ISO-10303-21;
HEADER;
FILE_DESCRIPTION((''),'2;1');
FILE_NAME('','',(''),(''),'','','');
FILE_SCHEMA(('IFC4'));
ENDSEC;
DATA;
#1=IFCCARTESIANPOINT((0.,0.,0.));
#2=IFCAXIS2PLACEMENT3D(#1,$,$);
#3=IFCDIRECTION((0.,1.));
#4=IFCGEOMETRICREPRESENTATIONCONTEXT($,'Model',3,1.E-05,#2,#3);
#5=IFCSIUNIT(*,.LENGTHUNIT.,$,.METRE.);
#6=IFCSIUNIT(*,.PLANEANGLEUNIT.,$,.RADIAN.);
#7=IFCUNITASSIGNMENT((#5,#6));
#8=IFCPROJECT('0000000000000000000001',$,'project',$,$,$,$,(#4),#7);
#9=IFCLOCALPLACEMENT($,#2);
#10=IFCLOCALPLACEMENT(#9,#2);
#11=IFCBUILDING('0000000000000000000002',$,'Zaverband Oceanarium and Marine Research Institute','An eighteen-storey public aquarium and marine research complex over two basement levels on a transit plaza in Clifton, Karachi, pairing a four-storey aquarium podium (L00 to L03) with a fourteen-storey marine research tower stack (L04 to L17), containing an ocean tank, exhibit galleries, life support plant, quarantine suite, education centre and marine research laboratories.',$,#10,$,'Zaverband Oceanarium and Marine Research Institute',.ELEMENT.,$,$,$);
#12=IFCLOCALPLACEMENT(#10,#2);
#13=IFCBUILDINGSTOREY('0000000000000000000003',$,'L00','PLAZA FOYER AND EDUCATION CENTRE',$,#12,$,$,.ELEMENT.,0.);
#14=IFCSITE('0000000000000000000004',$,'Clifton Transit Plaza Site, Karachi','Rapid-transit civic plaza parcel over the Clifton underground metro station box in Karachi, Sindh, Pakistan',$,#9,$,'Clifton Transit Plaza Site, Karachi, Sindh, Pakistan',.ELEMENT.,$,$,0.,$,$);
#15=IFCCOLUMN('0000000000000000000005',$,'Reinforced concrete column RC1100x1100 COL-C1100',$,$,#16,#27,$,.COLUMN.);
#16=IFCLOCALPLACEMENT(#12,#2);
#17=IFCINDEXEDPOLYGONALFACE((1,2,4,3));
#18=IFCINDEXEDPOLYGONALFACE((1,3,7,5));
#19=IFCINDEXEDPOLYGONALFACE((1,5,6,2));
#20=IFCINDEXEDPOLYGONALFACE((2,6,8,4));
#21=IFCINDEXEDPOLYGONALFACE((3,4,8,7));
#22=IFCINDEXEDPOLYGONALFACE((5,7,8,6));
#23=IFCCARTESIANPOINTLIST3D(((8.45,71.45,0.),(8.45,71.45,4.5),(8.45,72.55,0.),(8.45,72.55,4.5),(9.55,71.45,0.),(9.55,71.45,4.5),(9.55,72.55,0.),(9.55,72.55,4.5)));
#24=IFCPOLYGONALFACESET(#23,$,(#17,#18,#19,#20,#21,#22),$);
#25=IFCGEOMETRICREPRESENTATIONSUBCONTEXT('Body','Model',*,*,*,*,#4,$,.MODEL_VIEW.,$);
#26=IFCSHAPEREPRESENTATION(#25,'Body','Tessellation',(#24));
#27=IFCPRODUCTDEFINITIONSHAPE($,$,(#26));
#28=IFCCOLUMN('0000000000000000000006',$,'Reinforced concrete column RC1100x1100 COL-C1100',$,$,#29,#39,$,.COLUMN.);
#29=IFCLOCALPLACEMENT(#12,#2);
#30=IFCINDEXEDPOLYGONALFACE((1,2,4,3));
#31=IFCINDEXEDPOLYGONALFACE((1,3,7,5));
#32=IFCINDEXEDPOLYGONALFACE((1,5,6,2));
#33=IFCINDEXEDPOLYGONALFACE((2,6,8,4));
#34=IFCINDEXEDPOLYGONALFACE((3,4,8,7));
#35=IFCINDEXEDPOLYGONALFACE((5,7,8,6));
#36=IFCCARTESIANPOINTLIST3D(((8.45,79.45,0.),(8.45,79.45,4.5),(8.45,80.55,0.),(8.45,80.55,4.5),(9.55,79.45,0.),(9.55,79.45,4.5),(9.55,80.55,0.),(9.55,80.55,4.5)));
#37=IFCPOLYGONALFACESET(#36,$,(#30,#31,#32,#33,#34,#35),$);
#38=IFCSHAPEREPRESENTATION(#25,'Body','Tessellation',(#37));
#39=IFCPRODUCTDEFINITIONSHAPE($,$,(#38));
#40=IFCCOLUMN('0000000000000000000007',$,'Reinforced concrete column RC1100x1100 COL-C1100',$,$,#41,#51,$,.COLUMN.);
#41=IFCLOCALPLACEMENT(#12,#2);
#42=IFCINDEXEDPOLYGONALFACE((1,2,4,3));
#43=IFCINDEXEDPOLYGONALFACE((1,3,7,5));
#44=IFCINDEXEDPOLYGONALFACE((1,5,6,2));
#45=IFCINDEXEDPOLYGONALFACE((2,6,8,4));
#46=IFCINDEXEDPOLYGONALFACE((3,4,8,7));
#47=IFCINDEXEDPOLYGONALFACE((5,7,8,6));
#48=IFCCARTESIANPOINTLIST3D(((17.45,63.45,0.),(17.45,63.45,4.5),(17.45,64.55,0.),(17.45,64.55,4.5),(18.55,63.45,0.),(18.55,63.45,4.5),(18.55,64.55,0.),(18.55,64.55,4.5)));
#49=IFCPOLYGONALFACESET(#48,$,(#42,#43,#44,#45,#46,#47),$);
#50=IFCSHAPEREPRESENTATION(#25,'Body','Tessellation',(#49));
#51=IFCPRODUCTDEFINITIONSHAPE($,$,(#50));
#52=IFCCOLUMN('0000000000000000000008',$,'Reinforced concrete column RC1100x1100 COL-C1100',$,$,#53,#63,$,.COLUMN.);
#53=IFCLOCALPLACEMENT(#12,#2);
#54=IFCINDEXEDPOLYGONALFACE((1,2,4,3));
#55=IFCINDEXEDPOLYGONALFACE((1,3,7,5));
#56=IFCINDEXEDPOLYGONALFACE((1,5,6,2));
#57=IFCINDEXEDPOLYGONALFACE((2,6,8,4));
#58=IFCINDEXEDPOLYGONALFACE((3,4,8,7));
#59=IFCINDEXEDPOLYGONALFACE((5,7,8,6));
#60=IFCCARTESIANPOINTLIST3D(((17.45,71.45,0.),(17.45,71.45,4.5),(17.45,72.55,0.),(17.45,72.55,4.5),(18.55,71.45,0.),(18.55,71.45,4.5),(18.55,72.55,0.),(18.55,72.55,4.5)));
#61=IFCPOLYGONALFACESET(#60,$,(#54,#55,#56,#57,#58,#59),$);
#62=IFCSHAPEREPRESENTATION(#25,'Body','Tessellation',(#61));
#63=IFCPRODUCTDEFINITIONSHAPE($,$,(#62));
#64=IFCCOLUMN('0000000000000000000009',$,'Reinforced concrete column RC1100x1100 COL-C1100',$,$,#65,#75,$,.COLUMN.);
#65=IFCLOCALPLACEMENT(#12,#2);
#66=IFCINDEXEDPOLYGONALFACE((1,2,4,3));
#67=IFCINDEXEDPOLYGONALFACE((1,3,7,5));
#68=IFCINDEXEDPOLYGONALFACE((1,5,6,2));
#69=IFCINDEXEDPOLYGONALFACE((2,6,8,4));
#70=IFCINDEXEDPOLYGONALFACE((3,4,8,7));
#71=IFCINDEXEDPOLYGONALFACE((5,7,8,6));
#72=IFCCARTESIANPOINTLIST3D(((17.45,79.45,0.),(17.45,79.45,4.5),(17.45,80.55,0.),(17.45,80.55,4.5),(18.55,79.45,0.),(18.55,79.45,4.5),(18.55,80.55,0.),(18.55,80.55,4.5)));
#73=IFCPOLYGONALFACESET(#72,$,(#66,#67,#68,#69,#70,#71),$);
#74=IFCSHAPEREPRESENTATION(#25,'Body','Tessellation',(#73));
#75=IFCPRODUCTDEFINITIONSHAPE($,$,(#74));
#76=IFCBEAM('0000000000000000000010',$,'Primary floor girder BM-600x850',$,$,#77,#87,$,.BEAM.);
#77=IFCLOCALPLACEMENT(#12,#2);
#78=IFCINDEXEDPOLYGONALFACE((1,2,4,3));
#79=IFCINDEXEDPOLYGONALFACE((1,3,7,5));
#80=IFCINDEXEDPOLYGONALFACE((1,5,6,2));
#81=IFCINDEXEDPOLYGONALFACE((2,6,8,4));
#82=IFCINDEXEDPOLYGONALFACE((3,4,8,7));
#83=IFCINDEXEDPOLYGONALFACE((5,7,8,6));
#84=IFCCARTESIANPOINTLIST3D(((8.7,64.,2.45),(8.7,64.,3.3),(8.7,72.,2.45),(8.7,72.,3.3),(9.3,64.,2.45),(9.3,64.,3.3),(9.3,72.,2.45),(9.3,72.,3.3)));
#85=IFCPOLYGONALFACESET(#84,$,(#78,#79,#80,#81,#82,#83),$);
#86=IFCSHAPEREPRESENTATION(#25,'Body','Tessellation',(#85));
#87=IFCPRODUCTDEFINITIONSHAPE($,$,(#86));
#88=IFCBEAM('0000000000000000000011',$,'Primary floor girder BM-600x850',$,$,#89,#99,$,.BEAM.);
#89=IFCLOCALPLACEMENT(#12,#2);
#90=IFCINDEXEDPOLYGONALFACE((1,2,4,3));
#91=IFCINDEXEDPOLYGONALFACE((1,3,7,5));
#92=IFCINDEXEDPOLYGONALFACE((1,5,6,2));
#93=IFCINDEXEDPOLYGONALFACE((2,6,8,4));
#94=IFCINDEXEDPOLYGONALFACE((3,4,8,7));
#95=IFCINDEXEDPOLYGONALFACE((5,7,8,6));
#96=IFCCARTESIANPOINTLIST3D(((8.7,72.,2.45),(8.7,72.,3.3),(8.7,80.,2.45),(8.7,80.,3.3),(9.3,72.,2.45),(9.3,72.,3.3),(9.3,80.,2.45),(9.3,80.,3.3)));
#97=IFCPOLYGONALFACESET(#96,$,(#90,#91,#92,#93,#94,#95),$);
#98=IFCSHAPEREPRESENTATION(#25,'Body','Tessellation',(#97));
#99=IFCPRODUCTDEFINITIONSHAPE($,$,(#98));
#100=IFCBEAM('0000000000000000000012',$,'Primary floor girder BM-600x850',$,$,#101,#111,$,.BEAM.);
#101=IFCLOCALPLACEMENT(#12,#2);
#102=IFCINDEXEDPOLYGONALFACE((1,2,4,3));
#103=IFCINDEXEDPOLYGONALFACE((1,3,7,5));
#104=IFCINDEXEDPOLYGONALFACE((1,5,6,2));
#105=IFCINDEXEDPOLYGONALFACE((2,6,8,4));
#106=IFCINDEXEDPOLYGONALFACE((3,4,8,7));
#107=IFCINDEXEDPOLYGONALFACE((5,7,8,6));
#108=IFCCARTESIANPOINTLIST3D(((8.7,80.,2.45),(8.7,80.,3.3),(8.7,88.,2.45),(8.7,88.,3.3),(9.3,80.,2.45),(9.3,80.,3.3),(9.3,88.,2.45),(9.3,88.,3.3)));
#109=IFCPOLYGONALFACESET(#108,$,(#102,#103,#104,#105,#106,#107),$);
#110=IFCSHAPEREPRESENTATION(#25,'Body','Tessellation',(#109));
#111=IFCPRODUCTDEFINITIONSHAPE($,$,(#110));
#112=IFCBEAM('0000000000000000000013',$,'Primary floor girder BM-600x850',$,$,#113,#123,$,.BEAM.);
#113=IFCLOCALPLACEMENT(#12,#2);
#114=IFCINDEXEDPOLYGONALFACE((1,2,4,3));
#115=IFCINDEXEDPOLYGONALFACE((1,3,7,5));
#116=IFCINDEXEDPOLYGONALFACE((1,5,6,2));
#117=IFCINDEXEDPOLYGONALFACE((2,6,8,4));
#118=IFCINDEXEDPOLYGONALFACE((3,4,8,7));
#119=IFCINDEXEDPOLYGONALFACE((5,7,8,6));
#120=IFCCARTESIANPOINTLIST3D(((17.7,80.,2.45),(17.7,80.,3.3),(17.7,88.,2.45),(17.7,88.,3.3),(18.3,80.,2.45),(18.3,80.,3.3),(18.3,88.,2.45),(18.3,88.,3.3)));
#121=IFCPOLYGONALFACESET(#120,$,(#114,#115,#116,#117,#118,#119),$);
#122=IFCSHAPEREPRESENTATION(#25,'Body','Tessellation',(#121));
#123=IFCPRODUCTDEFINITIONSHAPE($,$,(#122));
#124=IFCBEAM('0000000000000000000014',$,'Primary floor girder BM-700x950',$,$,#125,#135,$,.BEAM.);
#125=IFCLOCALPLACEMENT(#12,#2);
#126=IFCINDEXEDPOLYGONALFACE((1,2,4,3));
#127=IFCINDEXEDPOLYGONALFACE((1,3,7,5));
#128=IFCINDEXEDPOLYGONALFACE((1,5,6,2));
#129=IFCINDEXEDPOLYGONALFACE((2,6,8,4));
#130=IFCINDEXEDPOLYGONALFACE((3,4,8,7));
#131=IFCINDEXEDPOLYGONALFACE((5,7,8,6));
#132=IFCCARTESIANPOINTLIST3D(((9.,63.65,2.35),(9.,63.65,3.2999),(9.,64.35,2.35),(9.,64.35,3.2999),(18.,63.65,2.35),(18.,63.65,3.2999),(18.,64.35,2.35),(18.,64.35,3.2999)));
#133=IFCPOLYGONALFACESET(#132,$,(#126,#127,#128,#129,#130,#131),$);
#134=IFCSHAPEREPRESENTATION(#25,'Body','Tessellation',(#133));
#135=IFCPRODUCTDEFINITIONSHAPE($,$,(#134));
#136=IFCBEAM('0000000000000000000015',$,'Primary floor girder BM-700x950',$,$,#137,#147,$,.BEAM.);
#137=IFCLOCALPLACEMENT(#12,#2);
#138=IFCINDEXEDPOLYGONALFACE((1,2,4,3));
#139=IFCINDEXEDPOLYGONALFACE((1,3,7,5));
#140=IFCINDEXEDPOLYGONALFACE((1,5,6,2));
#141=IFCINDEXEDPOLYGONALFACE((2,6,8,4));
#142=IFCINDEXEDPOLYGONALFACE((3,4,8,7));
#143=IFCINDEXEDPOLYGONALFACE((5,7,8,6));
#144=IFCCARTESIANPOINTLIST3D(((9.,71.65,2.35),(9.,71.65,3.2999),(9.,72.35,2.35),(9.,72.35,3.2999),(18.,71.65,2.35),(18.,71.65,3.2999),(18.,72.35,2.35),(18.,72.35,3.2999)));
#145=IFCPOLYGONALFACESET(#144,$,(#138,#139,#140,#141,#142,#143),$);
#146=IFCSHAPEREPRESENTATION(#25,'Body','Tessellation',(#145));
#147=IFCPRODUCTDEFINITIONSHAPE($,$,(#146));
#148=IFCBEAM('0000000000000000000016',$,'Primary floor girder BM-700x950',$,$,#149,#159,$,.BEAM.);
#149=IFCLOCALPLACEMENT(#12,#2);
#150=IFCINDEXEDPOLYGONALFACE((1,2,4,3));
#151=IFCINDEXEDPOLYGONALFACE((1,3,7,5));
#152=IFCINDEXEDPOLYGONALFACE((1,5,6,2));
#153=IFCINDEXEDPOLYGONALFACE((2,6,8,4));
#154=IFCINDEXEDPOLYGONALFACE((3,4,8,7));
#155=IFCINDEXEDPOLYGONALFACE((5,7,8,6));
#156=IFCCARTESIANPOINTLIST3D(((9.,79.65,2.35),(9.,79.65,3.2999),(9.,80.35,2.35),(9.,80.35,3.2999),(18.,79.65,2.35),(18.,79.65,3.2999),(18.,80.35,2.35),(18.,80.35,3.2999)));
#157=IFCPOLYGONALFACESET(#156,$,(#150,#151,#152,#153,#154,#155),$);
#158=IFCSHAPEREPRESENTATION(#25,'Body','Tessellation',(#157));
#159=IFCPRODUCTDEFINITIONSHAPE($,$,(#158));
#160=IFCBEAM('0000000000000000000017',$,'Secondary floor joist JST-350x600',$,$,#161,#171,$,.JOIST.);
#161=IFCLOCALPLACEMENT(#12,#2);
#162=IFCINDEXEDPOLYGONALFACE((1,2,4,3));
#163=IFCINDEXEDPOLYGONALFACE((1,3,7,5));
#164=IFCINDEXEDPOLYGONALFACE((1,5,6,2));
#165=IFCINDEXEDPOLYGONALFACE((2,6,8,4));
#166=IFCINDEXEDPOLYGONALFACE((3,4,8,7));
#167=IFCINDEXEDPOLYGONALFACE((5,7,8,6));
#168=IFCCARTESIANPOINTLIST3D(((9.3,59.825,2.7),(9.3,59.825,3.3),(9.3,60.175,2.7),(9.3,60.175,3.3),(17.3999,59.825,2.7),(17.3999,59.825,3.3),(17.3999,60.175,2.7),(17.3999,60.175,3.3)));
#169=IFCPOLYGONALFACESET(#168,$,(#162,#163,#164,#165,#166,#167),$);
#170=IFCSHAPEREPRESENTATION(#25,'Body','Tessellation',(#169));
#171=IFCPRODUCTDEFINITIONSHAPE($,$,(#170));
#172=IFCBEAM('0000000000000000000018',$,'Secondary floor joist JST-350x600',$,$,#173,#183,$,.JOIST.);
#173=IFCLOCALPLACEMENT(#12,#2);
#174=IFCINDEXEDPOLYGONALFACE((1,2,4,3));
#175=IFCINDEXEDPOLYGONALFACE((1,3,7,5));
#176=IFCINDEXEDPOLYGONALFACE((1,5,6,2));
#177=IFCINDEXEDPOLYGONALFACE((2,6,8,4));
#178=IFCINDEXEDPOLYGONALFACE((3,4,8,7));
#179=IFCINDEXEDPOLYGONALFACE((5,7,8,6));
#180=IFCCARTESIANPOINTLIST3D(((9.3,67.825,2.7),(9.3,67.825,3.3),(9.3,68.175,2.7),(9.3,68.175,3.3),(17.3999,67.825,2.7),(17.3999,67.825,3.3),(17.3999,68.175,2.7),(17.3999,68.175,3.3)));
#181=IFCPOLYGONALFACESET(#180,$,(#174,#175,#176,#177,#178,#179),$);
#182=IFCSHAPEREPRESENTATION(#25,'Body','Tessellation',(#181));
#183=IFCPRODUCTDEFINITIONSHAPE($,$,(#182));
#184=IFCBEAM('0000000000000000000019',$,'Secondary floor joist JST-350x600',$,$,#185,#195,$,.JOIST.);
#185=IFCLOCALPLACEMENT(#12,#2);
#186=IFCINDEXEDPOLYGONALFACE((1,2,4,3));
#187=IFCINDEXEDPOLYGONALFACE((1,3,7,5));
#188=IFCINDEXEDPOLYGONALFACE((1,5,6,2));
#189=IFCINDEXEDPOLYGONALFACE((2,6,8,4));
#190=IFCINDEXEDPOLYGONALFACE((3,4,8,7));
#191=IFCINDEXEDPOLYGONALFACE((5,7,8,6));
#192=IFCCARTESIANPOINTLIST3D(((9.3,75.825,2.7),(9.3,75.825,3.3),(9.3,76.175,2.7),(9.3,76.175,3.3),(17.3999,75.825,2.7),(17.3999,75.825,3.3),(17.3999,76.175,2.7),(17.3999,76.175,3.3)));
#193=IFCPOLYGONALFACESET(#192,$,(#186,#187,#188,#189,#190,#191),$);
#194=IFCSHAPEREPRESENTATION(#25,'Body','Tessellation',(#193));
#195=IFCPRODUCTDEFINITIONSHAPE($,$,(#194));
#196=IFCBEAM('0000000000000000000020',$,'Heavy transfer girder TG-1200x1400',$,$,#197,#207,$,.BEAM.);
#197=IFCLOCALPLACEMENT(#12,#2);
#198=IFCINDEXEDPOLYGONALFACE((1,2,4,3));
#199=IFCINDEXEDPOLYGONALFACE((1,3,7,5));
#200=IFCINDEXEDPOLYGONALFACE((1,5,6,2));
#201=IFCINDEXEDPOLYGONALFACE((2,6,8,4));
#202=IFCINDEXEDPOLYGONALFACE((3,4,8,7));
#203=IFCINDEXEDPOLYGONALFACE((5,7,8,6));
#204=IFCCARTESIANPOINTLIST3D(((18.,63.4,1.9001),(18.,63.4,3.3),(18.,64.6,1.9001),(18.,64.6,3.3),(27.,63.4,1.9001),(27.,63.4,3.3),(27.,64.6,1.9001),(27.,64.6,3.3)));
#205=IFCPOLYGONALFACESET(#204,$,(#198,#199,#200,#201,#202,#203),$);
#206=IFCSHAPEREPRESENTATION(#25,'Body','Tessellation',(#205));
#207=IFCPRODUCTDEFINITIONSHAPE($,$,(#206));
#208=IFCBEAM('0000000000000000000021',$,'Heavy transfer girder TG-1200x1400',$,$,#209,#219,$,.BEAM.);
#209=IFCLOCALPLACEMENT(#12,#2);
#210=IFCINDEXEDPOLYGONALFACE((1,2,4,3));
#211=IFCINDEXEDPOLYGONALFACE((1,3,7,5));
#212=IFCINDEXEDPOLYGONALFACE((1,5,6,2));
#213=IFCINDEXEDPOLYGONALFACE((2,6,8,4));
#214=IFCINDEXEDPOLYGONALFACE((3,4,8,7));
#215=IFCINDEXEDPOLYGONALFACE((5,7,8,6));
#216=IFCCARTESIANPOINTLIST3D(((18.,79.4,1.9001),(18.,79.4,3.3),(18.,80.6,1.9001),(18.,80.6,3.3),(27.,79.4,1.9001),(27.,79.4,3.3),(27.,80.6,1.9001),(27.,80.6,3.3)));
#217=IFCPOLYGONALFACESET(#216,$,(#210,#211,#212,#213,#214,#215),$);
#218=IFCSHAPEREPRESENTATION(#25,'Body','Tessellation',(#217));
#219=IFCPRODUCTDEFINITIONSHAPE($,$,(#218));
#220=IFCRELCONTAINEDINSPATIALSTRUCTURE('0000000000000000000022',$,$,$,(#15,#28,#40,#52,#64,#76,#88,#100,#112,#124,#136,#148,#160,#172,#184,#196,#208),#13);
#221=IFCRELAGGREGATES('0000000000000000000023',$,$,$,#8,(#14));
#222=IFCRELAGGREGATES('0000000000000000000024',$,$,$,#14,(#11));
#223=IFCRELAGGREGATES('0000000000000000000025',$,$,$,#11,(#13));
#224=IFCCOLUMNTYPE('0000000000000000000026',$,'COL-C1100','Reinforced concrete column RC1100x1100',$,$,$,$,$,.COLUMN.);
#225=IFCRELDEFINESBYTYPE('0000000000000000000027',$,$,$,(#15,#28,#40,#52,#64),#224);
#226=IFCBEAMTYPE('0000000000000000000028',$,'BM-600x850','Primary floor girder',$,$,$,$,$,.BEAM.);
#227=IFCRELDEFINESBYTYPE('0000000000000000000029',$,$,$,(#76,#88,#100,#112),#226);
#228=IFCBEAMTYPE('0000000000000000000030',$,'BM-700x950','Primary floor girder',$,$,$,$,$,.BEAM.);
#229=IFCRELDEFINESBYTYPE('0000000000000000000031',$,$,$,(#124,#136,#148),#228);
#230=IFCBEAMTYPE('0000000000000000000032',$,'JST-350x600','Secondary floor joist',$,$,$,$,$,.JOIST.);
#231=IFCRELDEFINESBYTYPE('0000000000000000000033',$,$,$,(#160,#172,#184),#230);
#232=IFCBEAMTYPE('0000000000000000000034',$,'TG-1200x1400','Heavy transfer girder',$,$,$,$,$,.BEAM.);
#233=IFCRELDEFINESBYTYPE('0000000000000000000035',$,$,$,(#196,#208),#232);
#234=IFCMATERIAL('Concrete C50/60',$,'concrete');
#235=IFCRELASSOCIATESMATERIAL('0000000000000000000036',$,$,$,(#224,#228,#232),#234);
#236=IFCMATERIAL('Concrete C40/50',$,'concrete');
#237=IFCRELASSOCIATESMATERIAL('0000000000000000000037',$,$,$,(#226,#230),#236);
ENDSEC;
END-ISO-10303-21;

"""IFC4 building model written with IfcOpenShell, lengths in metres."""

from ifc_helpers import new_model, si_unit, direction, frame, origin, origin_2d, place, context, subcontext, project, spatial, rectangle, extrude, material, material_profile, profile_set, type_object, element, save


model = new_model("IFC4")

# Units and contexts
model_context = context("Model", 3, precision=1e-05, world=origin(), true_north=direction((0.0, 1.0)))
body_context = subcontext(model_context, "Body", "Model", "MODEL_VIEW")
ifc_project = project(units=[si_unit("LENGTHUNIT", "METRE"), si_unit("PLANEANGLEUNIT", "RADIAN")], contexts=[model_context])

# Site, building, storey
site_placement = place(None, origin())
site = spatial("IfcSite", under=ifc_project, at=site_placement, Name="Clifton Transit Plaza Site, Karachi", Description="Rapid-transit civic plaza parcel over the Clifton underground metro station box in Karachi, Sindh, Pakistan", LongName="Clifton Transit Plaza Site, Karachi, Sindh, Pakistan", CompositionType="ELEMENT", RefElevation=0.0)
building_placement = place(site_placement, origin())
building = spatial("IfcBuilding", under=site, at=building_placement, Name="Zaverband Oceanarium and Marine Research Institute", Description="An eighteen-storey public aquarium and marine research complex over two basement levels on a transit plaza in Clifton, Karachi, pairing a four-storey aquarium podium (L00 to L03) with a fourteen-storey marine research tower stack (L04 to L17), containing an ocean tank, exhibit galleries, life support plant, quarantine suite, education centre and marine research laboratories.", LongName="Zaverband Oceanarium and Marine Research Institute", CompositionType="ELEMENT")
storey_placement = place(building_placement, origin())
storey = spatial("IfcBuildingStorey", under=building, at=storey_placement, Name="L00", Description="PLAZA FOYER AND EDUCATION CENTRE", CompositionType="ELEMENT", Elevation=0.0)

# Columns
ifc_material_1 = material(Name="Concrete C50/60", Category="concrete")
ifc_material_profile_1 = material_profile(ifc_material_1, rectangle(XDim=1.1001, YDim=1.1001, at=origin_2d()), Name="RC1100x1100")
ifc_profile_set_1 = profile_set([ifc_material_profile_1], Name="Concrete C50/60")
column_type = type_object("IfcColumnType", Name="COL-C1100", Description="Reinforced concrete column RC1100x1100", PredefinedType="COLUMN", material=ifc_profile_set_1)
for number, where, z_axis, x_axis, name in (
    (1, (9.0, 72.0, 0.0), (0.0, 0.0, 1.0), (1.0, 0.0, 0.0), "Reinforced concrete column RC1100x1100 COL-C1100"),
    (2, (9.0, 80.0, 0.0), (0.0, 0.0, 1.0), (1.0, 0.0, 0.0), "Reinforced concrete column RC1100x1100 COL-C1100"),
    (3, (18.0, 64.0, 0.0), (0.0, 0.0, 1.0), (1.0, 0.0, 0.0), "Reinforced concrete column RC1100x1100 COL-C1100"),
    (4, (18.0, 72.0, 0.0), (0.0, 0.0, 1.0), (1.0, 0.0, 0.0), "Reinforced concrete column RC1100x1100 COL-C1100"),
    (5, (18.0, 80.0, 0.0), (0.0, 0.0, 1.0), (1.0, 0.0, 0.0), "Reinforced concrete column RC1100x1100 COL-C1100"),
):
    element("IfcColumn", number, at=place(storey_placement, frame(where, z_axis=z_axis, x_axis=x_axis)), inside=storey, type_object=column_type, Name=name, PredefinedType="COLUMN", context=body_context, shape_type="SweptSolid", body=[
        extrude(rectangle(XDim=1.1001, YDim=1.1001, at=origin_2d()), origin(), (0.0, 0.0, 1.0), 4.5),
    ])

# Beams
ifc_material_2 = material(Name="Concrete C40/50", Category="concrete")
ifc_material_profile_2 = material_profile(ifc_material_2, rectangle(XDim=0.6001, YDim=0.8501, at=origin_2d()), Name="RC600x850")
ifc_profile_set_2 = profile_set([ifc_material_profile_2], Name="Concrete C40/50")
beam_type_1 = type_object("IfcBeamType", Name="BM-600x850", Description="Primary floor girder", PredefinedType="BEAM", material=ifc_profile_set_2)
for number, where, z_axis, x_axis, name in (
    (6, (9.0, 64.0, 2.875), (0.0, 1.0, 0.0), (-1.0, 0.0, 0.0), "Primary floor girder BM-600x850"),
    (7, (9.0, 72.0, 2.875), (0.0, 1.0, 0.0), (-1.0, 0.0, 0.0), "Primary floor girder BM-600x850"),
    (8, (9.0, 80.0, 2.875), (0.0, 1.0, 0.0), (-1.0, 0.0, 0.0), "Primary floor girder BM-600x850"),
    (9, (18.0, 80.0, 2.875), (0.0, 1.0, 0.0), (-1.0, 0.0, 0.0), "Primary floor girder BM-600x850"),
):
    element("IfcBeam", number, at=place(storey_placement, frame(where, z_axis=z_axis, x_axis=x_axis)), inside=storey, type_object=beam_type_1, Name=name, PredefinedType="BEAM", context=body_context, shape_type="SweptSolid", body=[
        extrude(rectangle(XDim=0.6001, YDim=0.8501, at=origin_2d()), origin(), (0.0, 0.0, 1.0), 8.0),
    ])
ifc_material_profile_3 = material_profile(ifc_material_1, rectangle(XDim=0.7, YDim=0.95, at=origin_2d()), Name="RC700x950")
ifc_profile_set_3 = profile_set([ifc_material_profile_3], Name="Concrete C50/60")
beam_type_2 = type_object("IfcBeamType", Name="BM-700x950", Description="Primary floor girder", PredefinedType="BEAM", material=ifc_profile_set_3)
for number, where, z_axis, x_axis, name in (
    (10, (9.0, 64.0, 2.825), (1.0, 0.0, 0.0), (0.0, 1.0, 0.0), "Primary floor girder BM-700x950"),
    (11, (9.0, 72.0, 2.825), (1.0, 0.0, 0.0), (0.0, 1.0, 0.0), "Primary floor girder BM-700x950"),
    (12, (9.0, 80.0, 2.825), (1.0, 0.0, 0.0), (0.0, 1.0, 0.0), "Primary floor girder BM-700x950"),
):
    element("IfcBeam", number, at=place(storey_placement, frame(where, z_axis=z_axis, x_axis=x_axis)), inside=storey, type_object=beam_type_2, Name=name, PredefinedType="BEAM", context=body_context, shape_type="SweptSolid", body=[
        extrude(rectangle(XDim=0.7, YDim=0.95, at=origin_2d()), origin(), (0.0, 0.0, 1.0), 9.0),
    ])
ifc_material_profile_4 = material_profile(ifc_material_2, rectangle(XDim=0.3501, YDim=0.6001, at=origin_2d()), Name="RC350x600")
ifc_profile_set_4 = profile_set([ifc_material_profile_4], Name="Concrete C40/50")
beam_type_3 = type_object("IfcBeamType", Name="JST-350x600", Description="Secondary floor joist", PredefinedType="JOIST", material=ifc_profile_set_4)
for number, where, z_axis, x_axis, name in (
    (13, (9.3, 60.0, 3.0), (1.0, 0.0, 0.0), (0.0, 1.0, 0.0), "Secondary floor joist JST-350x600"),
    (14, (9.3, 68.0, 3.0), (1.0, 0.0, 0.0), (0.0, 1.0, 0.0), "Secondary floor joist JST-350x600"),
    (15, (9.3, 76.0, 3.0), (1.0, 0.0, 0.0), (0.0, 1.0, 0.0), "Secondary floor joist JST-350x600"),
):
    element("IfcBeam", number, at=place(storey_placement, frame(where, z_axis=z_axis, x_axis=x_axis)), inside=storey, type_object=beam_type_3, Name=name, PredefinedType="JOIST", context=body_context, shape_type="SweptSolid", body=[
        extrude(rectangle(XDim=0.3501, YDim=0.6001, at=origin_2d()), origin(), (0.0, 0.0, 1.0), 8.0999),
    ])
ifc_material_profile_5 = material_profile(ifc_material_1, rectangle(XDim=1.2, YDim=1.3999, at=origin_2d()), Name="RC1200x1400")
ifc_profile_set_5 = profile_set([ifc_material_profile_5], Name="Concrete C50/60")
beam_type_4 = type_object("IfcBeamType", Name="TG-1200x1400", Description="Heavy transfer girder", PredefinedType="BEAM", material=ifc_profile_set_5)
for number, where, z_axis, x_axis, name in (
    (16, (18.0, 64.0, 2.6001), (1.0, 0.0, 0.0), (0.0, 1.0, 0.0), "Heavy transfer girder TG-1200x1400"),
    (17, (18.0, 80.0, 2.6001), (1.0, 0.0, 0.0), (0.0, 1.0, 0.0), "Heavy transfer girder TG-1200x1400"),
):
    element("IfcBeam", number, at=place(storey_placement, frame(where, z_axis=z_axis, x_axis=x_axis)), inside=storey, type_object=beam_type_4, Name=name, PredefinedType="BEAM", context=body_context, shape_type="SweptSolid", body=[
        extrude(rectangle(XDim=1.2, YDim=1.3999, at=origin_2d()), origin(), (0.0, 0.0, 1.0), 9.0),
    ])

save(model, "model.ifc")
